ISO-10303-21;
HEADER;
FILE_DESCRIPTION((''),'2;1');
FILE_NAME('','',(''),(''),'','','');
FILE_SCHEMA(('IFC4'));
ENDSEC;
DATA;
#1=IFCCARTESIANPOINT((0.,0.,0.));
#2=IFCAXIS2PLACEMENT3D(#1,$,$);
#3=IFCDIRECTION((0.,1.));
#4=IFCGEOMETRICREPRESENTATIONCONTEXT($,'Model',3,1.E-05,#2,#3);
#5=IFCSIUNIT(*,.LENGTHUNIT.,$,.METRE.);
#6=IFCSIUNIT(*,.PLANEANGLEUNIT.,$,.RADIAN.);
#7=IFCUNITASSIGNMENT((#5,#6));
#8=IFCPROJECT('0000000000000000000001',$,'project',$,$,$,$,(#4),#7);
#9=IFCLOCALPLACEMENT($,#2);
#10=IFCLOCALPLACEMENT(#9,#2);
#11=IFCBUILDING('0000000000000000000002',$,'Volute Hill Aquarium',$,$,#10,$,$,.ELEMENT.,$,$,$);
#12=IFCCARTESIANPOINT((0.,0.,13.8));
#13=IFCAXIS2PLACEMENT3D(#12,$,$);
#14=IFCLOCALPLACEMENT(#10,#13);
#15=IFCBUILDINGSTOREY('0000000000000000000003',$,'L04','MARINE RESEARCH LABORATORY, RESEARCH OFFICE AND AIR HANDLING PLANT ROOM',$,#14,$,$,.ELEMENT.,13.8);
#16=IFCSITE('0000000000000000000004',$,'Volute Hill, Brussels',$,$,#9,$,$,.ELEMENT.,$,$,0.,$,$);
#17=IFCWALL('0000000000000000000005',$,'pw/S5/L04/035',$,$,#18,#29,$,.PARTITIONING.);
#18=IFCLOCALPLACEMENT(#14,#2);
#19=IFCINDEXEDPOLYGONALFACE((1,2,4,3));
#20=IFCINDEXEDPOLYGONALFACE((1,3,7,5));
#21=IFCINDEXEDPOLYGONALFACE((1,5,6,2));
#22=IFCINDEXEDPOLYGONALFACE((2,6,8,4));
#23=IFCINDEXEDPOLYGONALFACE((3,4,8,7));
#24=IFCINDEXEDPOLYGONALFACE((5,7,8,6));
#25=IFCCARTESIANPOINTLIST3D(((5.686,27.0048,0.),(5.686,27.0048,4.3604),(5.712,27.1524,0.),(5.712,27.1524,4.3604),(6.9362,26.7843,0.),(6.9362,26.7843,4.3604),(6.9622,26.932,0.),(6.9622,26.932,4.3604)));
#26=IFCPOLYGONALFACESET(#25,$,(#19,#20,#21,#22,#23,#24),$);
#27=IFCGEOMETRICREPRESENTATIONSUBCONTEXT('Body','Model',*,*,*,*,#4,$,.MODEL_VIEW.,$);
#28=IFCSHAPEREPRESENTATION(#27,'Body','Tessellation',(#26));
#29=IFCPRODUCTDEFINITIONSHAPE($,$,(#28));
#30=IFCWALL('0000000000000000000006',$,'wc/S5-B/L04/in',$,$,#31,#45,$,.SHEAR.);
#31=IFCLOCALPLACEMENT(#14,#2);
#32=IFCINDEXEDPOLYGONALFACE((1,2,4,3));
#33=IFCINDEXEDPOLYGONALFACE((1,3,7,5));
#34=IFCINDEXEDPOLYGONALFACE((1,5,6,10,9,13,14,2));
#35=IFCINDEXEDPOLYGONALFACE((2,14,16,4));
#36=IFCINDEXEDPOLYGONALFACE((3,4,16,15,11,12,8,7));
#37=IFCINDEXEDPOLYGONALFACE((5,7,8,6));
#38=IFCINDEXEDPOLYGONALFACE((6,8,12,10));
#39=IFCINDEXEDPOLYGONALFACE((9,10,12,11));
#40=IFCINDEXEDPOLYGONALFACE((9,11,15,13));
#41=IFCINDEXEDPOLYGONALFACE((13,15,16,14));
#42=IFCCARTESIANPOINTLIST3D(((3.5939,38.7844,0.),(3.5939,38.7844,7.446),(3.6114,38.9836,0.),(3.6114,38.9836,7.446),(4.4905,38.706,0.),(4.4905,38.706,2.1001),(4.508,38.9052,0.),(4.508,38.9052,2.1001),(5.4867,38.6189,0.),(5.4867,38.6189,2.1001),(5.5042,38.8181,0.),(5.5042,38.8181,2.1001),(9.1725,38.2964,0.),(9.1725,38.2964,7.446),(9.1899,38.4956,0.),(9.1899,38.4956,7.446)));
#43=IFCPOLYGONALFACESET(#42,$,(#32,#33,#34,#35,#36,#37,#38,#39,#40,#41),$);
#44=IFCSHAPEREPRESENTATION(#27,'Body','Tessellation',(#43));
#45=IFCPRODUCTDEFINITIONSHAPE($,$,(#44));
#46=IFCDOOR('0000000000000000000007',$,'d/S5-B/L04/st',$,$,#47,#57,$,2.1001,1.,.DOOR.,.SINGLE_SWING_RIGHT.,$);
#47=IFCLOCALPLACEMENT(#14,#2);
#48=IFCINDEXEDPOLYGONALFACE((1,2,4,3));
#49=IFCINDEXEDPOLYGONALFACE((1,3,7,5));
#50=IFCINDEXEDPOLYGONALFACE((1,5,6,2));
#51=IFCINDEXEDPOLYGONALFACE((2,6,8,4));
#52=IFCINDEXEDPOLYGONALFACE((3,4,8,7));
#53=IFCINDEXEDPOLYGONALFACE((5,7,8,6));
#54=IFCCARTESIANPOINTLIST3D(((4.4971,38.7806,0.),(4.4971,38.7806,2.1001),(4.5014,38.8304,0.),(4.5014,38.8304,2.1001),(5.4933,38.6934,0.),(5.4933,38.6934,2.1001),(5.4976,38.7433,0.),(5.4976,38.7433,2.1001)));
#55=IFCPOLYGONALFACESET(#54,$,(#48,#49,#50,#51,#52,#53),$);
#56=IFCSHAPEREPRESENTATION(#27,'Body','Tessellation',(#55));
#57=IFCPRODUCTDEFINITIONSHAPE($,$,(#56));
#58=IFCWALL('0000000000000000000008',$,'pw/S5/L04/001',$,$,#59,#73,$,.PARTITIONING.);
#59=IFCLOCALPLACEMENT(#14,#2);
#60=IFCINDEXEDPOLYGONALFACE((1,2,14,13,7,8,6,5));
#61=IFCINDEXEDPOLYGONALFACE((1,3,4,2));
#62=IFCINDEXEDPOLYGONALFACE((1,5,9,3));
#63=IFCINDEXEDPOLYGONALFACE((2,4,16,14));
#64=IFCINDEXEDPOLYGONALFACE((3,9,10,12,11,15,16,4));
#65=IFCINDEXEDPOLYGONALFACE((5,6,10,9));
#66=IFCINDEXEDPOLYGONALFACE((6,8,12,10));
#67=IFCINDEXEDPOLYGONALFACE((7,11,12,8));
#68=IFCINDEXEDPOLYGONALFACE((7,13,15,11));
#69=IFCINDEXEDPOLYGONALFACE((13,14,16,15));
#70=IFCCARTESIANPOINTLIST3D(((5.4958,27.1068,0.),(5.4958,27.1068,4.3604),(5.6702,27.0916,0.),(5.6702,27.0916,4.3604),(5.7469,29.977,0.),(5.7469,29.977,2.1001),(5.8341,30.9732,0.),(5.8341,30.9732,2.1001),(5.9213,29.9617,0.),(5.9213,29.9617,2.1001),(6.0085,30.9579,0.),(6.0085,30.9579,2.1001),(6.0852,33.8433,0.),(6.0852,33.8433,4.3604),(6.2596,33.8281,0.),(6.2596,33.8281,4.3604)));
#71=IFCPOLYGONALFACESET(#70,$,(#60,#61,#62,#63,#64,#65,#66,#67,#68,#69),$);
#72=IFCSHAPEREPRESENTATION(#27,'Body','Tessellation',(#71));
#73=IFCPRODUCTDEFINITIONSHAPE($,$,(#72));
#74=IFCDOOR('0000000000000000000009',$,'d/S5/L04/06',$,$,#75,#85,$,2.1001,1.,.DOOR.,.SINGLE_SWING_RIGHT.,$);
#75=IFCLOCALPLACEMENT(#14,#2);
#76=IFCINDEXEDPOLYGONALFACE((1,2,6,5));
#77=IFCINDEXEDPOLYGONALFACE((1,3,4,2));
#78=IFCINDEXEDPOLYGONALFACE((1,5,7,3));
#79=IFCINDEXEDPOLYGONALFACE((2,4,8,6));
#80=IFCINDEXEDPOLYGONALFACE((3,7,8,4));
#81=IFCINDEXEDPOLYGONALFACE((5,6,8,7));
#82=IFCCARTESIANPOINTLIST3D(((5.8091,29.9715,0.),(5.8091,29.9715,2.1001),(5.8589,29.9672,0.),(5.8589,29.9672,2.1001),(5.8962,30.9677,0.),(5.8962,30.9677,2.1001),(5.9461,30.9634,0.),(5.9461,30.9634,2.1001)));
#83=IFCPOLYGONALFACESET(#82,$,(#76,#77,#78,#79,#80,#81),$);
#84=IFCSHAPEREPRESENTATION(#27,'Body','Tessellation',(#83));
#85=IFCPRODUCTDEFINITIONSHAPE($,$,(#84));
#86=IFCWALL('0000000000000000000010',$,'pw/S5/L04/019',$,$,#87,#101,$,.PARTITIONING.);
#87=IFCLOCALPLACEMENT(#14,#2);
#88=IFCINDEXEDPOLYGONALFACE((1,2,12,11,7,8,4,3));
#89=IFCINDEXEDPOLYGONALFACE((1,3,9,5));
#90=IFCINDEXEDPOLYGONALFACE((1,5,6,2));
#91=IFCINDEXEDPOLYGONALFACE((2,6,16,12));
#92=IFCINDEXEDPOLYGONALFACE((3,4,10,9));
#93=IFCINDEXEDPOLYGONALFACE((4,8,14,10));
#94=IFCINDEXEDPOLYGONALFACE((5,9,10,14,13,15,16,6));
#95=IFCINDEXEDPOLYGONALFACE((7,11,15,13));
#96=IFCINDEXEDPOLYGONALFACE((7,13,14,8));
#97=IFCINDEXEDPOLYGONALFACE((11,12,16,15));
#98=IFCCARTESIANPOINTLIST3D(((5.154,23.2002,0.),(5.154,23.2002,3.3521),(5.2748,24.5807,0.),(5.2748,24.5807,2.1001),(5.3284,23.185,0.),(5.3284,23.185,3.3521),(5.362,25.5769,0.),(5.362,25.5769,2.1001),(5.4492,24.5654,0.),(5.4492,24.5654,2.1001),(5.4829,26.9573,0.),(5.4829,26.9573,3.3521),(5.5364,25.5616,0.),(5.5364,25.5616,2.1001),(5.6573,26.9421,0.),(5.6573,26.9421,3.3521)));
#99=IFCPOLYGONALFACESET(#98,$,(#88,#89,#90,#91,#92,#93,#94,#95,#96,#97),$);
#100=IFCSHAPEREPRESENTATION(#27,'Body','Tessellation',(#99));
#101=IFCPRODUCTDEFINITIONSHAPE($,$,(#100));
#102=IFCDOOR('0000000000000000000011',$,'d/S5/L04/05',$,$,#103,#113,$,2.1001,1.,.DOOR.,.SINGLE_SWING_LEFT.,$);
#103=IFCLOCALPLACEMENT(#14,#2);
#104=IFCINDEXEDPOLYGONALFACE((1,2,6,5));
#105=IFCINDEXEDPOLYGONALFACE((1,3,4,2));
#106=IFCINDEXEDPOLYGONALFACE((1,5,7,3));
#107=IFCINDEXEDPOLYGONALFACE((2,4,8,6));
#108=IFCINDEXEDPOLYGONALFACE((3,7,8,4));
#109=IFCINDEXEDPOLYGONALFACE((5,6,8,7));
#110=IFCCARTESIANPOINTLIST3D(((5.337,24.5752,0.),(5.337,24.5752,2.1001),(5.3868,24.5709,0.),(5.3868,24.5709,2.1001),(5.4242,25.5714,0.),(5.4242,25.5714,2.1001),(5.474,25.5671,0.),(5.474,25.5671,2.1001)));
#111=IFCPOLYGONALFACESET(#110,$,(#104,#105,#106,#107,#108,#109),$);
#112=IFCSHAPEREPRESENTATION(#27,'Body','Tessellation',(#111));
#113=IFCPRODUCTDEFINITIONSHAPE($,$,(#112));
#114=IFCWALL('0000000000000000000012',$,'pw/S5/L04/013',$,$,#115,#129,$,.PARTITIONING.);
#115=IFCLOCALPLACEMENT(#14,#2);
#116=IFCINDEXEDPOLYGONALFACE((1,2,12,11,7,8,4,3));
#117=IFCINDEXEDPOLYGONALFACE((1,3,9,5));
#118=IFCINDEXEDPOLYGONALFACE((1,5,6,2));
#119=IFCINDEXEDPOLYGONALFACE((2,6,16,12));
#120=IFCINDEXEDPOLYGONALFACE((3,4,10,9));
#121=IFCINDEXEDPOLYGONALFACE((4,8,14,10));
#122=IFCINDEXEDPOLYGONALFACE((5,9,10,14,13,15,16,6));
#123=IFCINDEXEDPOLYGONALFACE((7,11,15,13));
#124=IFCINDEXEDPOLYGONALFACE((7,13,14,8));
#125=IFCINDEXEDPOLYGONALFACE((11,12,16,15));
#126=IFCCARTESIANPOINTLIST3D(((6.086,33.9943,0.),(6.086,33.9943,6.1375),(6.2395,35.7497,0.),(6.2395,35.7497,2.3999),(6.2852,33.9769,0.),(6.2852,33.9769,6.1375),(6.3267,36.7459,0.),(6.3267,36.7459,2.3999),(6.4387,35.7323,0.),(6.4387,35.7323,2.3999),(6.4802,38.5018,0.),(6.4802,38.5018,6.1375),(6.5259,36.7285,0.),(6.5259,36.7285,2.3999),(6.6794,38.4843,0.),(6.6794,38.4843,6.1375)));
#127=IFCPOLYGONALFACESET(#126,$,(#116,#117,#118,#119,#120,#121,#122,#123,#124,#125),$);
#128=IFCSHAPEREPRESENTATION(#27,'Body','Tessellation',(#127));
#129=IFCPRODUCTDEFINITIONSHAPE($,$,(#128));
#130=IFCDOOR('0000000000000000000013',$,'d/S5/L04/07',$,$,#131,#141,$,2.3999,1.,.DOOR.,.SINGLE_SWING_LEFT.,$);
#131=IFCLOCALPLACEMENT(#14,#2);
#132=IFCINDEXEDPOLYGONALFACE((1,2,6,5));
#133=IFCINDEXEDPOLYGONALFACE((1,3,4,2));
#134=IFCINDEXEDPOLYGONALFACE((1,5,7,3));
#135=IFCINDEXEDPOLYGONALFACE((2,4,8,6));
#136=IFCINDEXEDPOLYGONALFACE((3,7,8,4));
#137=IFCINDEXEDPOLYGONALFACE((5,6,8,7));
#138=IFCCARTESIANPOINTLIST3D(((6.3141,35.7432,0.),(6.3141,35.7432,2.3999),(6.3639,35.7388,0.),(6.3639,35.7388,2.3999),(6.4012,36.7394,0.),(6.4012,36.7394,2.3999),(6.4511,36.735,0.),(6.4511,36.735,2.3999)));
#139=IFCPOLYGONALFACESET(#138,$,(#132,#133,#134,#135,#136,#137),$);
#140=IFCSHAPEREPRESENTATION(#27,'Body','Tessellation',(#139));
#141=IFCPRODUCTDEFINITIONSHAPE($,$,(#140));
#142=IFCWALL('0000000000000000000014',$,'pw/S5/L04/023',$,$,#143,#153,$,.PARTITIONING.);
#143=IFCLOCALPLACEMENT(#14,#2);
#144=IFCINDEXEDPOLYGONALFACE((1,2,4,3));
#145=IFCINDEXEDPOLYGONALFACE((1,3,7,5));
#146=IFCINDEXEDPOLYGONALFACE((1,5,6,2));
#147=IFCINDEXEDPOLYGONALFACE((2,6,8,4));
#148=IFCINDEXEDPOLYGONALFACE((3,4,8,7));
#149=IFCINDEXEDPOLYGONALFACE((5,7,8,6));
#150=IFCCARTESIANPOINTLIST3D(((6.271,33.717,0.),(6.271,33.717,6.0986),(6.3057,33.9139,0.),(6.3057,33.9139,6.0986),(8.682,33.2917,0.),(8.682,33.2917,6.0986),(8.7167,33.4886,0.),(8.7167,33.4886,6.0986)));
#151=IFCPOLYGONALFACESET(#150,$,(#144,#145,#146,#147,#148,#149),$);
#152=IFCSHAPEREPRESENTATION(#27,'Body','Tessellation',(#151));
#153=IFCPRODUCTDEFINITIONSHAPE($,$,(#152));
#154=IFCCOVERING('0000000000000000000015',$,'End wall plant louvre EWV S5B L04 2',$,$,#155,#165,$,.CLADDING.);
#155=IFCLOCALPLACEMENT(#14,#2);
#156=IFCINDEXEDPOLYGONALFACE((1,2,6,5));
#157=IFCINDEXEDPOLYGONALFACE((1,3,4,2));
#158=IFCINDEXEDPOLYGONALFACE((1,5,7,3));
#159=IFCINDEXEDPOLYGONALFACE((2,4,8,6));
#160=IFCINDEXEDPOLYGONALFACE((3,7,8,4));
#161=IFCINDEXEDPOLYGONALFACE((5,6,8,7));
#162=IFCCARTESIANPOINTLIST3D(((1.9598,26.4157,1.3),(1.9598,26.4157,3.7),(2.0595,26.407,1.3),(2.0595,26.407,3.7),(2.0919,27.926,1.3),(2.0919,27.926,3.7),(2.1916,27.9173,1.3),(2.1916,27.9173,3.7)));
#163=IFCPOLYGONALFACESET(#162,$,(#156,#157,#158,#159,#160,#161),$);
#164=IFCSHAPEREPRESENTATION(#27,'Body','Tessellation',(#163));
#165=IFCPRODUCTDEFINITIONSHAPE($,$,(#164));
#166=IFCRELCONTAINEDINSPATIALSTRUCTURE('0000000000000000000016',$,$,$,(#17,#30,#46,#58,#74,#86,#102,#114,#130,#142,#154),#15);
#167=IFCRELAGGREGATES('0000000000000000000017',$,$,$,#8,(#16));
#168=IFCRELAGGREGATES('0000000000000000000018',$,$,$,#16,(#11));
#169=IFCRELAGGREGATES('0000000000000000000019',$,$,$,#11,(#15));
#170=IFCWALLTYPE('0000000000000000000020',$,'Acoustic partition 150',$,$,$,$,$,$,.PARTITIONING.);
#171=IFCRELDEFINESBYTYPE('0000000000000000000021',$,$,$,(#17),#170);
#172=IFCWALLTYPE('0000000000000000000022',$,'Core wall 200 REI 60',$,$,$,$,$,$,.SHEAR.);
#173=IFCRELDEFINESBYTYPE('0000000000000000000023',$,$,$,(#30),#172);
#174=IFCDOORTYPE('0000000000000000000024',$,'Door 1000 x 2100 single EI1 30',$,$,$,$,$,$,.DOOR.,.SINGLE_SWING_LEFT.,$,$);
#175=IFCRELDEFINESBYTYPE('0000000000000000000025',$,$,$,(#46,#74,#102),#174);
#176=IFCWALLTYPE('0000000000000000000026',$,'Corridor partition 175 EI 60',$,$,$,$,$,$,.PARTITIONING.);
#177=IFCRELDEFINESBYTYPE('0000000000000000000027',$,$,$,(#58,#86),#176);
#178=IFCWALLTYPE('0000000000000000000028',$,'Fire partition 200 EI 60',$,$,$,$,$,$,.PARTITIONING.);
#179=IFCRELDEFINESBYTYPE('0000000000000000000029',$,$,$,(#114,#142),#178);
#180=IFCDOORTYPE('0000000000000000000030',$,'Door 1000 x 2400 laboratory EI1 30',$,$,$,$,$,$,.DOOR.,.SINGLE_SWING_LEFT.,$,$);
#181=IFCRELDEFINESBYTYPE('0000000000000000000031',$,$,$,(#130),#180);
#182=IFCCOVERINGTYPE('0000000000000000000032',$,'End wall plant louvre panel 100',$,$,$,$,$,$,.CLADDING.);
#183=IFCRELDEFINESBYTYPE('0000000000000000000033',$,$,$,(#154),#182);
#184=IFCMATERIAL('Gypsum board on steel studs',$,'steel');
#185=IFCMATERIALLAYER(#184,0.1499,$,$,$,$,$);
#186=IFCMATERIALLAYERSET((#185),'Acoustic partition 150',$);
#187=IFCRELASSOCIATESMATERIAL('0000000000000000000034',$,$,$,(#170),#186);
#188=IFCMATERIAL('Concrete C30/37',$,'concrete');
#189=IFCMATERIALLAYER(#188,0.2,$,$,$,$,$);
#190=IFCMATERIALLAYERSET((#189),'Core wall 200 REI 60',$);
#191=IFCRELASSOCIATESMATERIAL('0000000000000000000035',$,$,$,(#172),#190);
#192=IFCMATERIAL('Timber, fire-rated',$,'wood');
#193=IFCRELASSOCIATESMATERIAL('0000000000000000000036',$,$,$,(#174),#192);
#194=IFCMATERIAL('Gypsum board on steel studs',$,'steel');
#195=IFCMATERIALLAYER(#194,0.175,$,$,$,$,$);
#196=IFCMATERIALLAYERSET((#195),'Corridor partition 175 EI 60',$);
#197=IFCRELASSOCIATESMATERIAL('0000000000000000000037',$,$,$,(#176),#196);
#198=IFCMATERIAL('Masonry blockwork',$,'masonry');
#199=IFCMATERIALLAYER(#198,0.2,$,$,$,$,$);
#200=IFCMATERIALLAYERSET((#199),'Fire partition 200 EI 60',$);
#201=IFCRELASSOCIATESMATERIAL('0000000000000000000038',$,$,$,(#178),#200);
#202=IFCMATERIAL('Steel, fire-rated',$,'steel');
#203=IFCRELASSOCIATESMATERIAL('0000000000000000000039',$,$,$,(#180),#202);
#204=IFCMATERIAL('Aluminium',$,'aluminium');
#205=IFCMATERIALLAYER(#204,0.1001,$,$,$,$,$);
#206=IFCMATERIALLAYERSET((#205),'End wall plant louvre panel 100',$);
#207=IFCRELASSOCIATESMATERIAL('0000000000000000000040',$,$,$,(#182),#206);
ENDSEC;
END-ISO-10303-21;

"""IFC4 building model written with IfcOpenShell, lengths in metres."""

from ifc_helpers import new_model, si_unit, direction, frame, frame_2d, origin, origin_2d, place, context, subcontext, project, spatial, rectangle, extrude, material, layer, layer_set, type_object, element, fill, save


model = new_model("IFC4")

# Units and contexts
model_context = context("Model", 3, precision=1e-05, world=origin(), true_north=direction((0.0, 1.0)))
body_context = subcontext(model_context, "Body", "Model", "MODEL_VIEW")
ifc_project = project(units=[si_unit("LENGTHUNIT", "METRE"), si_unit("PLANEANGLEUNIT", "RADIAN")], contexts=[model_context])

# Site, building, storey
site_placement = place(None, origin())
site = spatial("IfcSite", under=ifc_project, at=site_placement, Name="Volute Hill, Brussels", CompositionType="ELEMENT", RefElevation=0.0)
building_placement = place(site_placement, origin())
building = spatial("IfcBuilding", under=site, at=building_placement, Name="Volute Hill Aquarium", CompositionType="ELEMENT")
storey_placement = place(building_placement, frame((0.0, 0.0, 13.8)))
storey = spatial("IfcBuildingStorey", under=building, at=storey_placement, Name="L04", Description="MARINE RESEARCH LABORATORY, RESEARCH OFFICE AND AIR HANDLING PLANT ROOM", CompositionType="ELEMENT", Elevation=13.8)

# Wall
ifc_material_1 = material(Name="Gypsum board on steel studs", Category="steel")
ifc_layer_1 = layer(ifc_material_1, 0.1499)
ifc_layer_set_1 = layer_set([ifc_layer_1], Name="Acoustic partition 150")
wall_type_1 = type_object("IfcWallType", Name="Acoustic partition 150", PredefinedType="PARTITIONING", material=ifc_layer_set_1)
wall_1_placement = place(storey_placement, frame((5.699, 27.0786, 0.0), z_axis=(0.0, 0.0, 1.0), x_axis=(0.984807, -0.173654, 0.0)))
element("IfcWall", 1, at=wall_1_placement, inside=storey, type_object=wall_type_1, Name="pw/S5/L04/035", PredefinedType="PARTITIONING", context=body_context, shape_type="SweptSolid", body=[
    extrude(rectangle(XDim=1.2695, YDim=0.1499, at=frame_2d((0.6348, 0.0))), origin(), (0.0, 0.0, 1.0), 4.3604),
])

# Walls, openings, doors
ifc_material_2 = material(Name="Concrete C30/37", Category="concrete")
ifc_layer_2 = layer(ifc_material_2, 0.2)
ifc_layer_set_2 = layer_set([ifc_layer_2], Name="Core wall 200 REI 60")
wall_type_2 = type_object("IfcWallType", Name="Core wall 200 REI 60", PredefinedType="SHEAR", material=ifc_layer_set_2)
wall_2_placement = place(storey_placement, frame((3.6028, 38.884, 0.0), z_axis=(0.0, 0.0, 1.0), x_axis=(0.996195, -0.087151, 0.0)))
wall_2 = element("IfcWall", 2, at=wall_2_placement, inside=storey, type_object=wall_type_2, Name="wc/S5-B/L04/in", PredefinedType="SHEAR", context=body_context, shape_type="SweptSolid", body=[
    extrude(rectangle(XDim=5.5999, YDim=0.2, at=frame_2d((2.7998, 0.0))), origin(), (0.0, 0.0, 1.0), 7.446),
])
opening_1_placement = place(wall_2_placement, frame((0.8999, 0.0, 0.0)))
opening_1 = element("IfcOpeningElement", 3, at=opening_1_placement, cuts=wall_2, PredefinedType="OPENING", context=body_context, shape_type="SweptSolid", body=[
    extrude(rectangle(XDim=1.0, YDim=2.1001, at=frame_2d((0.5, 1.05))), frame((0.0, 0.1099, 0.0), z_axis=(0.0, -1.0, 0.0), x_axis=(1.0, 0.0, 0.0)), (0.0, 0.0, 1.0), 0.22),
])
ifc_material_3 = material(Name="Timber, fire-rated", Category="wood")
door_type_1 = type_object("IfcDoorType", Name="Door 1000 x 2100 single EI1 30", OperationType="SINGLE_SWING_LEFT", PredefinedType="DOOR", material=ifc_material_3)
door_1_placement = place(opening_1_placement, origin())
door_1 = element("IfcDoor", 4, at=door_1_placement, inside=storey, type_object=door_type_1, Name="d/S5-B/L04/st", OperationType="SINGLE_SWING_RIGHT", OverallHeight=2.1001, OverallWidth=1.0, PredefinedType="DOOR", context=body_context, shape_type="SweptSolid", body=[
    extrude(rectangle(XDim=1.0, YDim=2.1001, at=frame_2d((0.5, 1.05))), frame((0.0, 0.0249, 0.0), z_axis=(0.0, -1.0, 0.0), x_axis=(1.0, 0.0, 0.0)), (0.0, 0.0, 1.0), 0.05),
])
fill(opening_1, door_1)
ifc_material_4 = material(Name="Gypsum board on steel studs", Category="steel")
ifc_layer_3 = layer(ifc_material_4, 0.175)
ifc_layer_set_3 = layer_set([ifc_layer_3], Name="Corridor partition 175 EI 60")
wall_type_3 = type_object("IfcWallType", Name="Corridor partition 175 EI 60", PredefinedType="PARTITIONING", material=ifc_layer_set_3)
wall_3_placement = place(storey_placement, frame((6.1724, 33.8357, 0.0), z_axis=(0.0, 0.0, 1.0), x_axis=(-0.087153, -0.996195, 0.0)))
wall_3 = element("IfcWall", 5, at=wall_3_placement, inside=storey, type_object=wall_type_3, Name="pw/S5/L04/001", PredefinedType="PARTITIONING", context=body_context, shape_type="SweptSolid", body=[
    extrude(rectangle(XDim=6.7622, YDim=0.175, at=frame_2d((3.3811, 0.0))), origin(), (0.0, 0.0, 1.0), 4.3604),
])
opening_2_placement = place(wall_3_placement, frame((2.8811, 0.0, 0.0)))
opening_2 = element("IfcOpeningElement", 6, at=opening_2_placement, cuts=wall_3, PredefinedType="OPENING", context=body_context, shape_type="SweptSolid", body=[
    extrude(rectangle(XDim=1.0, YDim=2.1001, at=frame_2d((0.5, 1.05))), frame((0.0, 0.0974, 0.0), z_axis=(0.0, -1.0, 0.0), x_axis=(1.0, 0.0, 0.0)), (0.0, 0.0, 1.0), 0.1951),
])
door_2_placement = place(opening_2_placement, origin())
door_2 = element("IfcDoor", 7, at=door_2_placement, inside=storey, type_object=door_type_1, Name="d/S5/L04/06", OperationType="SINGLE_SWING_RIGHT", OverallHeight=2.1001, OverallWidth=1.0, PredefinedType="DOOR", context=body_context, shape_type="SweptSolid", body=[
    extrude(rectangle(XDim=1.0, YDim=2.1001, at=frame_2d((0.5, 1.05))), frame((0.0, 0.0249, 0.0), z_axis=(0.0, -1.0, 0.0), x_axis=(1.0, 0.0, 0.0)), (0.0, 0.0, 1.0), 0.05),
])
fill(opening_2, door_2)
wall_4_placement = place(storey_placement, frame((5.5701, 26.9497, 0.0), z_axis=(0.0, 0.0, 1.0), x_axis=(-0.087197, -0.996191, 0.0)))
wall_4 = element("IfcWall", 8, at=wall_4_placement, inside=storey, type_object=wall_type_3, Name="pw/S5/L04/019", PredefinedType="PARTITIONING", context=body_context, shape_type="SweptSolid", body=[
    extrude(rectangle(XDim=3.7715, YDim=0.175, at=frame_2d((1.8857, 0.0))), origin(), (0.0, 0.0, 1.0), 3.3521),
])
opening_3_placement = place(wall_4_placement, frame((1.3857, 0.0, 0.0)))
opening_3 = element("IfcOpeningElement", 9, at=opening_3_placement, cuts=wall_4, PredefinedType="OPENING", context=body_context, shape_type="SweptSolid", body=[
    extrude(rectangle(XDim=1.0, YDim=2.1001, at=frame_2d((0.5, 1.05))), frame((0.0, 0.0974, 0.0), z_axis=(0.0, -1.0, 0.0), x_axis=(1.0, 0.0, 0.0)), (0.0, 0.0, 1.0), 0.1951),
])
door_3_placement = place(opening_3_placement, origin())
door_3 = element("IfcDoor", 10, at=door_3_placement, inside=storey, type_object=door_type_1, Name="d/S5/L04/05", OperationType="SINGLE_SWING_LEFT", OverallHeight=2.1001, OverallWidth=1.0, PredefinedType="DOOR", context=body_context, shape_type="SweptSolid", body=[
    extrude(rectangle(XDim=1.0, YDim=2.1001, at=frame_2d((0.5, 1.05))), frame((0.0, 0.0249, 0.0), z_axis=(0.0, -1.0, 0.0), x_axis=(1.0, 0.0, 0.0)), (0.0, 0.0, 1.0), 0.05),
])
fill(opening_3, door_3)
ifc_material_5 = material(Name="Masonry blockwork", Category="masonry")
ifc_layer_4 = layer(ifc_material_5, 0.2)
ifc_layer_set_4 = layer_set([ifc_layer_4], Name="Fire partition 200 EI 60")
wall_type_4 = type_object("IfcWallType", Name="Fire partition 200 EI 60", PredefinedType="PARTITIONING", material=ifc_layer_set_4)
wall_5_placement = place(storey_placement, frame((6.5798, 38.4929, 0.0), z_axis=(0.0, 0.0, 1.0), x_axis=(-0.08714, -0.996196, 0.0)))
wall_5 = element("IfcWall", 11, at=wall_5_placement, inside=storey, type_object=wall_type_4, Name="pw/S5/L04/013", PredefinedType="PARTITIONING", context=body_context, shape_type="SweptSolid", body=[
    extrude(rectangle(XDim=4.5247, YDim=0.2, at=frame_2d((2.2622, 0.0))), origin(), (0.0, 0.0, 1.0), 6.1375),
])
opening_4_placement = place(wall_5_placement, frame((1.7625, 0.0, 0.0)))
opening_4 = element("IfcOpeningElement", 12, at=opening_4_placement, cuts=wall_5, PredefinedType="OPENING", context=body_context, shape_type="SweptSolid", body=[
    extrude(rectangle(XDim=1.0, YDim=2.3999, at=frame_2d((0.5, 1.2))), frame((0.0, 0.1099, 0.0), z_axis=(0.0, -1.0, 0.0), x_axis=(1.0, 0.0, 0.0)), (0.0, 0.0, 1.0), 0.22),
])
ifc_material_6 = material(Name="Steel, fire-rated", Category="steel")
door_type_2 = type_object("IfcDoorType", Name="Door 1000 x 2400 laboratory EI1 30", OperationType="SINGLE_SWING_LEFT", PredefinedType="DOOR", material=ifc_material_6)
door_4_placement = place(opening_4_placement, origin())
door_4 = element("IfcDoor", 13, at=door_4_placement, inside=storey, type_object=door_type_2, Name="d/S5/L04/07", OperationType="SINGLE_SWING_LEFT", OverallHeight=2.3999, OverallWidth=1.0, PredefinedType="DOOR", context=body_context, shape_type="SweptSolid", body=[
    extrude(rectangle(XDim=1.0, YDim=2.3999, at=frame_2d((0.5, 1.2))), frame((0.0, 0.0249, 0.0), z_axis=(0.0, -1.0, 0.0), x_axis=(1.0, 0.0, 0.0)), (0.0, 0.0, 1.0), 0.05),
])
fill(opening_4, door_4)

# Wall
wall_6_placement = place(storey_placement, frame((6.2883, 33.8154, 0.0), z_axis=(0.0, 0.0, 1.0), x_axis=(0.984798, -0.173706, 0.0)))
element("IfcWall", 14, at=wall_6_placement, inside=storey, type_object=wall_type_4, Name="pw/S5/L04/023", PredefinedType="PARTITIONING", context=body_context, shape_type="SweptSolid", body=[
    extrude(rectangle(XDim=2.4482, YDim=0.2, at=frame_2d((1.2241, 0.0))), origin(), (0.0, 0.0, 1.0), 6.0986),
])

# Covering
ifc_material_7 = material(Name="Aluminium", Category="aluminium")
ifc_layer_5 = layer(ifc_material_7, 0.1001)
ifc_layer_set_5 = layer_set([ifc_layer_5], Name="End wall plant louvre panel 100")
covering_type_1 = type_object("IfcCoveringType", Name="End wall plant louvre panel 100", PredefinedType="CLADDING", material=ifc_layer_set_5)
for number, where, z_axis, x_axis, name in (
    (15, (2.0757, 27.1665, 1.3), (0.0, 0.0, 1.0), (0.087154, 0.996195, 0.0), "End wall plant louvre EWV S5B L04 2"),
):
    element("IfcCovering", number, at=place(storey_placement, frame(where, z_axis=z_axis, x_axis=x_axis)), inside=storey, type_object=covering_type_1, Name=name, PredefinedType="CLADDING", context=body_context, shape_type="SweptSolid", body=[
        extrude(rectangle(XDim=1.5161, YDim=0.1001, at=origin_2d()), origin(), (0.0, 0.0, 1.0), 2.3999),
    ])

save(model, "model.ifc")
